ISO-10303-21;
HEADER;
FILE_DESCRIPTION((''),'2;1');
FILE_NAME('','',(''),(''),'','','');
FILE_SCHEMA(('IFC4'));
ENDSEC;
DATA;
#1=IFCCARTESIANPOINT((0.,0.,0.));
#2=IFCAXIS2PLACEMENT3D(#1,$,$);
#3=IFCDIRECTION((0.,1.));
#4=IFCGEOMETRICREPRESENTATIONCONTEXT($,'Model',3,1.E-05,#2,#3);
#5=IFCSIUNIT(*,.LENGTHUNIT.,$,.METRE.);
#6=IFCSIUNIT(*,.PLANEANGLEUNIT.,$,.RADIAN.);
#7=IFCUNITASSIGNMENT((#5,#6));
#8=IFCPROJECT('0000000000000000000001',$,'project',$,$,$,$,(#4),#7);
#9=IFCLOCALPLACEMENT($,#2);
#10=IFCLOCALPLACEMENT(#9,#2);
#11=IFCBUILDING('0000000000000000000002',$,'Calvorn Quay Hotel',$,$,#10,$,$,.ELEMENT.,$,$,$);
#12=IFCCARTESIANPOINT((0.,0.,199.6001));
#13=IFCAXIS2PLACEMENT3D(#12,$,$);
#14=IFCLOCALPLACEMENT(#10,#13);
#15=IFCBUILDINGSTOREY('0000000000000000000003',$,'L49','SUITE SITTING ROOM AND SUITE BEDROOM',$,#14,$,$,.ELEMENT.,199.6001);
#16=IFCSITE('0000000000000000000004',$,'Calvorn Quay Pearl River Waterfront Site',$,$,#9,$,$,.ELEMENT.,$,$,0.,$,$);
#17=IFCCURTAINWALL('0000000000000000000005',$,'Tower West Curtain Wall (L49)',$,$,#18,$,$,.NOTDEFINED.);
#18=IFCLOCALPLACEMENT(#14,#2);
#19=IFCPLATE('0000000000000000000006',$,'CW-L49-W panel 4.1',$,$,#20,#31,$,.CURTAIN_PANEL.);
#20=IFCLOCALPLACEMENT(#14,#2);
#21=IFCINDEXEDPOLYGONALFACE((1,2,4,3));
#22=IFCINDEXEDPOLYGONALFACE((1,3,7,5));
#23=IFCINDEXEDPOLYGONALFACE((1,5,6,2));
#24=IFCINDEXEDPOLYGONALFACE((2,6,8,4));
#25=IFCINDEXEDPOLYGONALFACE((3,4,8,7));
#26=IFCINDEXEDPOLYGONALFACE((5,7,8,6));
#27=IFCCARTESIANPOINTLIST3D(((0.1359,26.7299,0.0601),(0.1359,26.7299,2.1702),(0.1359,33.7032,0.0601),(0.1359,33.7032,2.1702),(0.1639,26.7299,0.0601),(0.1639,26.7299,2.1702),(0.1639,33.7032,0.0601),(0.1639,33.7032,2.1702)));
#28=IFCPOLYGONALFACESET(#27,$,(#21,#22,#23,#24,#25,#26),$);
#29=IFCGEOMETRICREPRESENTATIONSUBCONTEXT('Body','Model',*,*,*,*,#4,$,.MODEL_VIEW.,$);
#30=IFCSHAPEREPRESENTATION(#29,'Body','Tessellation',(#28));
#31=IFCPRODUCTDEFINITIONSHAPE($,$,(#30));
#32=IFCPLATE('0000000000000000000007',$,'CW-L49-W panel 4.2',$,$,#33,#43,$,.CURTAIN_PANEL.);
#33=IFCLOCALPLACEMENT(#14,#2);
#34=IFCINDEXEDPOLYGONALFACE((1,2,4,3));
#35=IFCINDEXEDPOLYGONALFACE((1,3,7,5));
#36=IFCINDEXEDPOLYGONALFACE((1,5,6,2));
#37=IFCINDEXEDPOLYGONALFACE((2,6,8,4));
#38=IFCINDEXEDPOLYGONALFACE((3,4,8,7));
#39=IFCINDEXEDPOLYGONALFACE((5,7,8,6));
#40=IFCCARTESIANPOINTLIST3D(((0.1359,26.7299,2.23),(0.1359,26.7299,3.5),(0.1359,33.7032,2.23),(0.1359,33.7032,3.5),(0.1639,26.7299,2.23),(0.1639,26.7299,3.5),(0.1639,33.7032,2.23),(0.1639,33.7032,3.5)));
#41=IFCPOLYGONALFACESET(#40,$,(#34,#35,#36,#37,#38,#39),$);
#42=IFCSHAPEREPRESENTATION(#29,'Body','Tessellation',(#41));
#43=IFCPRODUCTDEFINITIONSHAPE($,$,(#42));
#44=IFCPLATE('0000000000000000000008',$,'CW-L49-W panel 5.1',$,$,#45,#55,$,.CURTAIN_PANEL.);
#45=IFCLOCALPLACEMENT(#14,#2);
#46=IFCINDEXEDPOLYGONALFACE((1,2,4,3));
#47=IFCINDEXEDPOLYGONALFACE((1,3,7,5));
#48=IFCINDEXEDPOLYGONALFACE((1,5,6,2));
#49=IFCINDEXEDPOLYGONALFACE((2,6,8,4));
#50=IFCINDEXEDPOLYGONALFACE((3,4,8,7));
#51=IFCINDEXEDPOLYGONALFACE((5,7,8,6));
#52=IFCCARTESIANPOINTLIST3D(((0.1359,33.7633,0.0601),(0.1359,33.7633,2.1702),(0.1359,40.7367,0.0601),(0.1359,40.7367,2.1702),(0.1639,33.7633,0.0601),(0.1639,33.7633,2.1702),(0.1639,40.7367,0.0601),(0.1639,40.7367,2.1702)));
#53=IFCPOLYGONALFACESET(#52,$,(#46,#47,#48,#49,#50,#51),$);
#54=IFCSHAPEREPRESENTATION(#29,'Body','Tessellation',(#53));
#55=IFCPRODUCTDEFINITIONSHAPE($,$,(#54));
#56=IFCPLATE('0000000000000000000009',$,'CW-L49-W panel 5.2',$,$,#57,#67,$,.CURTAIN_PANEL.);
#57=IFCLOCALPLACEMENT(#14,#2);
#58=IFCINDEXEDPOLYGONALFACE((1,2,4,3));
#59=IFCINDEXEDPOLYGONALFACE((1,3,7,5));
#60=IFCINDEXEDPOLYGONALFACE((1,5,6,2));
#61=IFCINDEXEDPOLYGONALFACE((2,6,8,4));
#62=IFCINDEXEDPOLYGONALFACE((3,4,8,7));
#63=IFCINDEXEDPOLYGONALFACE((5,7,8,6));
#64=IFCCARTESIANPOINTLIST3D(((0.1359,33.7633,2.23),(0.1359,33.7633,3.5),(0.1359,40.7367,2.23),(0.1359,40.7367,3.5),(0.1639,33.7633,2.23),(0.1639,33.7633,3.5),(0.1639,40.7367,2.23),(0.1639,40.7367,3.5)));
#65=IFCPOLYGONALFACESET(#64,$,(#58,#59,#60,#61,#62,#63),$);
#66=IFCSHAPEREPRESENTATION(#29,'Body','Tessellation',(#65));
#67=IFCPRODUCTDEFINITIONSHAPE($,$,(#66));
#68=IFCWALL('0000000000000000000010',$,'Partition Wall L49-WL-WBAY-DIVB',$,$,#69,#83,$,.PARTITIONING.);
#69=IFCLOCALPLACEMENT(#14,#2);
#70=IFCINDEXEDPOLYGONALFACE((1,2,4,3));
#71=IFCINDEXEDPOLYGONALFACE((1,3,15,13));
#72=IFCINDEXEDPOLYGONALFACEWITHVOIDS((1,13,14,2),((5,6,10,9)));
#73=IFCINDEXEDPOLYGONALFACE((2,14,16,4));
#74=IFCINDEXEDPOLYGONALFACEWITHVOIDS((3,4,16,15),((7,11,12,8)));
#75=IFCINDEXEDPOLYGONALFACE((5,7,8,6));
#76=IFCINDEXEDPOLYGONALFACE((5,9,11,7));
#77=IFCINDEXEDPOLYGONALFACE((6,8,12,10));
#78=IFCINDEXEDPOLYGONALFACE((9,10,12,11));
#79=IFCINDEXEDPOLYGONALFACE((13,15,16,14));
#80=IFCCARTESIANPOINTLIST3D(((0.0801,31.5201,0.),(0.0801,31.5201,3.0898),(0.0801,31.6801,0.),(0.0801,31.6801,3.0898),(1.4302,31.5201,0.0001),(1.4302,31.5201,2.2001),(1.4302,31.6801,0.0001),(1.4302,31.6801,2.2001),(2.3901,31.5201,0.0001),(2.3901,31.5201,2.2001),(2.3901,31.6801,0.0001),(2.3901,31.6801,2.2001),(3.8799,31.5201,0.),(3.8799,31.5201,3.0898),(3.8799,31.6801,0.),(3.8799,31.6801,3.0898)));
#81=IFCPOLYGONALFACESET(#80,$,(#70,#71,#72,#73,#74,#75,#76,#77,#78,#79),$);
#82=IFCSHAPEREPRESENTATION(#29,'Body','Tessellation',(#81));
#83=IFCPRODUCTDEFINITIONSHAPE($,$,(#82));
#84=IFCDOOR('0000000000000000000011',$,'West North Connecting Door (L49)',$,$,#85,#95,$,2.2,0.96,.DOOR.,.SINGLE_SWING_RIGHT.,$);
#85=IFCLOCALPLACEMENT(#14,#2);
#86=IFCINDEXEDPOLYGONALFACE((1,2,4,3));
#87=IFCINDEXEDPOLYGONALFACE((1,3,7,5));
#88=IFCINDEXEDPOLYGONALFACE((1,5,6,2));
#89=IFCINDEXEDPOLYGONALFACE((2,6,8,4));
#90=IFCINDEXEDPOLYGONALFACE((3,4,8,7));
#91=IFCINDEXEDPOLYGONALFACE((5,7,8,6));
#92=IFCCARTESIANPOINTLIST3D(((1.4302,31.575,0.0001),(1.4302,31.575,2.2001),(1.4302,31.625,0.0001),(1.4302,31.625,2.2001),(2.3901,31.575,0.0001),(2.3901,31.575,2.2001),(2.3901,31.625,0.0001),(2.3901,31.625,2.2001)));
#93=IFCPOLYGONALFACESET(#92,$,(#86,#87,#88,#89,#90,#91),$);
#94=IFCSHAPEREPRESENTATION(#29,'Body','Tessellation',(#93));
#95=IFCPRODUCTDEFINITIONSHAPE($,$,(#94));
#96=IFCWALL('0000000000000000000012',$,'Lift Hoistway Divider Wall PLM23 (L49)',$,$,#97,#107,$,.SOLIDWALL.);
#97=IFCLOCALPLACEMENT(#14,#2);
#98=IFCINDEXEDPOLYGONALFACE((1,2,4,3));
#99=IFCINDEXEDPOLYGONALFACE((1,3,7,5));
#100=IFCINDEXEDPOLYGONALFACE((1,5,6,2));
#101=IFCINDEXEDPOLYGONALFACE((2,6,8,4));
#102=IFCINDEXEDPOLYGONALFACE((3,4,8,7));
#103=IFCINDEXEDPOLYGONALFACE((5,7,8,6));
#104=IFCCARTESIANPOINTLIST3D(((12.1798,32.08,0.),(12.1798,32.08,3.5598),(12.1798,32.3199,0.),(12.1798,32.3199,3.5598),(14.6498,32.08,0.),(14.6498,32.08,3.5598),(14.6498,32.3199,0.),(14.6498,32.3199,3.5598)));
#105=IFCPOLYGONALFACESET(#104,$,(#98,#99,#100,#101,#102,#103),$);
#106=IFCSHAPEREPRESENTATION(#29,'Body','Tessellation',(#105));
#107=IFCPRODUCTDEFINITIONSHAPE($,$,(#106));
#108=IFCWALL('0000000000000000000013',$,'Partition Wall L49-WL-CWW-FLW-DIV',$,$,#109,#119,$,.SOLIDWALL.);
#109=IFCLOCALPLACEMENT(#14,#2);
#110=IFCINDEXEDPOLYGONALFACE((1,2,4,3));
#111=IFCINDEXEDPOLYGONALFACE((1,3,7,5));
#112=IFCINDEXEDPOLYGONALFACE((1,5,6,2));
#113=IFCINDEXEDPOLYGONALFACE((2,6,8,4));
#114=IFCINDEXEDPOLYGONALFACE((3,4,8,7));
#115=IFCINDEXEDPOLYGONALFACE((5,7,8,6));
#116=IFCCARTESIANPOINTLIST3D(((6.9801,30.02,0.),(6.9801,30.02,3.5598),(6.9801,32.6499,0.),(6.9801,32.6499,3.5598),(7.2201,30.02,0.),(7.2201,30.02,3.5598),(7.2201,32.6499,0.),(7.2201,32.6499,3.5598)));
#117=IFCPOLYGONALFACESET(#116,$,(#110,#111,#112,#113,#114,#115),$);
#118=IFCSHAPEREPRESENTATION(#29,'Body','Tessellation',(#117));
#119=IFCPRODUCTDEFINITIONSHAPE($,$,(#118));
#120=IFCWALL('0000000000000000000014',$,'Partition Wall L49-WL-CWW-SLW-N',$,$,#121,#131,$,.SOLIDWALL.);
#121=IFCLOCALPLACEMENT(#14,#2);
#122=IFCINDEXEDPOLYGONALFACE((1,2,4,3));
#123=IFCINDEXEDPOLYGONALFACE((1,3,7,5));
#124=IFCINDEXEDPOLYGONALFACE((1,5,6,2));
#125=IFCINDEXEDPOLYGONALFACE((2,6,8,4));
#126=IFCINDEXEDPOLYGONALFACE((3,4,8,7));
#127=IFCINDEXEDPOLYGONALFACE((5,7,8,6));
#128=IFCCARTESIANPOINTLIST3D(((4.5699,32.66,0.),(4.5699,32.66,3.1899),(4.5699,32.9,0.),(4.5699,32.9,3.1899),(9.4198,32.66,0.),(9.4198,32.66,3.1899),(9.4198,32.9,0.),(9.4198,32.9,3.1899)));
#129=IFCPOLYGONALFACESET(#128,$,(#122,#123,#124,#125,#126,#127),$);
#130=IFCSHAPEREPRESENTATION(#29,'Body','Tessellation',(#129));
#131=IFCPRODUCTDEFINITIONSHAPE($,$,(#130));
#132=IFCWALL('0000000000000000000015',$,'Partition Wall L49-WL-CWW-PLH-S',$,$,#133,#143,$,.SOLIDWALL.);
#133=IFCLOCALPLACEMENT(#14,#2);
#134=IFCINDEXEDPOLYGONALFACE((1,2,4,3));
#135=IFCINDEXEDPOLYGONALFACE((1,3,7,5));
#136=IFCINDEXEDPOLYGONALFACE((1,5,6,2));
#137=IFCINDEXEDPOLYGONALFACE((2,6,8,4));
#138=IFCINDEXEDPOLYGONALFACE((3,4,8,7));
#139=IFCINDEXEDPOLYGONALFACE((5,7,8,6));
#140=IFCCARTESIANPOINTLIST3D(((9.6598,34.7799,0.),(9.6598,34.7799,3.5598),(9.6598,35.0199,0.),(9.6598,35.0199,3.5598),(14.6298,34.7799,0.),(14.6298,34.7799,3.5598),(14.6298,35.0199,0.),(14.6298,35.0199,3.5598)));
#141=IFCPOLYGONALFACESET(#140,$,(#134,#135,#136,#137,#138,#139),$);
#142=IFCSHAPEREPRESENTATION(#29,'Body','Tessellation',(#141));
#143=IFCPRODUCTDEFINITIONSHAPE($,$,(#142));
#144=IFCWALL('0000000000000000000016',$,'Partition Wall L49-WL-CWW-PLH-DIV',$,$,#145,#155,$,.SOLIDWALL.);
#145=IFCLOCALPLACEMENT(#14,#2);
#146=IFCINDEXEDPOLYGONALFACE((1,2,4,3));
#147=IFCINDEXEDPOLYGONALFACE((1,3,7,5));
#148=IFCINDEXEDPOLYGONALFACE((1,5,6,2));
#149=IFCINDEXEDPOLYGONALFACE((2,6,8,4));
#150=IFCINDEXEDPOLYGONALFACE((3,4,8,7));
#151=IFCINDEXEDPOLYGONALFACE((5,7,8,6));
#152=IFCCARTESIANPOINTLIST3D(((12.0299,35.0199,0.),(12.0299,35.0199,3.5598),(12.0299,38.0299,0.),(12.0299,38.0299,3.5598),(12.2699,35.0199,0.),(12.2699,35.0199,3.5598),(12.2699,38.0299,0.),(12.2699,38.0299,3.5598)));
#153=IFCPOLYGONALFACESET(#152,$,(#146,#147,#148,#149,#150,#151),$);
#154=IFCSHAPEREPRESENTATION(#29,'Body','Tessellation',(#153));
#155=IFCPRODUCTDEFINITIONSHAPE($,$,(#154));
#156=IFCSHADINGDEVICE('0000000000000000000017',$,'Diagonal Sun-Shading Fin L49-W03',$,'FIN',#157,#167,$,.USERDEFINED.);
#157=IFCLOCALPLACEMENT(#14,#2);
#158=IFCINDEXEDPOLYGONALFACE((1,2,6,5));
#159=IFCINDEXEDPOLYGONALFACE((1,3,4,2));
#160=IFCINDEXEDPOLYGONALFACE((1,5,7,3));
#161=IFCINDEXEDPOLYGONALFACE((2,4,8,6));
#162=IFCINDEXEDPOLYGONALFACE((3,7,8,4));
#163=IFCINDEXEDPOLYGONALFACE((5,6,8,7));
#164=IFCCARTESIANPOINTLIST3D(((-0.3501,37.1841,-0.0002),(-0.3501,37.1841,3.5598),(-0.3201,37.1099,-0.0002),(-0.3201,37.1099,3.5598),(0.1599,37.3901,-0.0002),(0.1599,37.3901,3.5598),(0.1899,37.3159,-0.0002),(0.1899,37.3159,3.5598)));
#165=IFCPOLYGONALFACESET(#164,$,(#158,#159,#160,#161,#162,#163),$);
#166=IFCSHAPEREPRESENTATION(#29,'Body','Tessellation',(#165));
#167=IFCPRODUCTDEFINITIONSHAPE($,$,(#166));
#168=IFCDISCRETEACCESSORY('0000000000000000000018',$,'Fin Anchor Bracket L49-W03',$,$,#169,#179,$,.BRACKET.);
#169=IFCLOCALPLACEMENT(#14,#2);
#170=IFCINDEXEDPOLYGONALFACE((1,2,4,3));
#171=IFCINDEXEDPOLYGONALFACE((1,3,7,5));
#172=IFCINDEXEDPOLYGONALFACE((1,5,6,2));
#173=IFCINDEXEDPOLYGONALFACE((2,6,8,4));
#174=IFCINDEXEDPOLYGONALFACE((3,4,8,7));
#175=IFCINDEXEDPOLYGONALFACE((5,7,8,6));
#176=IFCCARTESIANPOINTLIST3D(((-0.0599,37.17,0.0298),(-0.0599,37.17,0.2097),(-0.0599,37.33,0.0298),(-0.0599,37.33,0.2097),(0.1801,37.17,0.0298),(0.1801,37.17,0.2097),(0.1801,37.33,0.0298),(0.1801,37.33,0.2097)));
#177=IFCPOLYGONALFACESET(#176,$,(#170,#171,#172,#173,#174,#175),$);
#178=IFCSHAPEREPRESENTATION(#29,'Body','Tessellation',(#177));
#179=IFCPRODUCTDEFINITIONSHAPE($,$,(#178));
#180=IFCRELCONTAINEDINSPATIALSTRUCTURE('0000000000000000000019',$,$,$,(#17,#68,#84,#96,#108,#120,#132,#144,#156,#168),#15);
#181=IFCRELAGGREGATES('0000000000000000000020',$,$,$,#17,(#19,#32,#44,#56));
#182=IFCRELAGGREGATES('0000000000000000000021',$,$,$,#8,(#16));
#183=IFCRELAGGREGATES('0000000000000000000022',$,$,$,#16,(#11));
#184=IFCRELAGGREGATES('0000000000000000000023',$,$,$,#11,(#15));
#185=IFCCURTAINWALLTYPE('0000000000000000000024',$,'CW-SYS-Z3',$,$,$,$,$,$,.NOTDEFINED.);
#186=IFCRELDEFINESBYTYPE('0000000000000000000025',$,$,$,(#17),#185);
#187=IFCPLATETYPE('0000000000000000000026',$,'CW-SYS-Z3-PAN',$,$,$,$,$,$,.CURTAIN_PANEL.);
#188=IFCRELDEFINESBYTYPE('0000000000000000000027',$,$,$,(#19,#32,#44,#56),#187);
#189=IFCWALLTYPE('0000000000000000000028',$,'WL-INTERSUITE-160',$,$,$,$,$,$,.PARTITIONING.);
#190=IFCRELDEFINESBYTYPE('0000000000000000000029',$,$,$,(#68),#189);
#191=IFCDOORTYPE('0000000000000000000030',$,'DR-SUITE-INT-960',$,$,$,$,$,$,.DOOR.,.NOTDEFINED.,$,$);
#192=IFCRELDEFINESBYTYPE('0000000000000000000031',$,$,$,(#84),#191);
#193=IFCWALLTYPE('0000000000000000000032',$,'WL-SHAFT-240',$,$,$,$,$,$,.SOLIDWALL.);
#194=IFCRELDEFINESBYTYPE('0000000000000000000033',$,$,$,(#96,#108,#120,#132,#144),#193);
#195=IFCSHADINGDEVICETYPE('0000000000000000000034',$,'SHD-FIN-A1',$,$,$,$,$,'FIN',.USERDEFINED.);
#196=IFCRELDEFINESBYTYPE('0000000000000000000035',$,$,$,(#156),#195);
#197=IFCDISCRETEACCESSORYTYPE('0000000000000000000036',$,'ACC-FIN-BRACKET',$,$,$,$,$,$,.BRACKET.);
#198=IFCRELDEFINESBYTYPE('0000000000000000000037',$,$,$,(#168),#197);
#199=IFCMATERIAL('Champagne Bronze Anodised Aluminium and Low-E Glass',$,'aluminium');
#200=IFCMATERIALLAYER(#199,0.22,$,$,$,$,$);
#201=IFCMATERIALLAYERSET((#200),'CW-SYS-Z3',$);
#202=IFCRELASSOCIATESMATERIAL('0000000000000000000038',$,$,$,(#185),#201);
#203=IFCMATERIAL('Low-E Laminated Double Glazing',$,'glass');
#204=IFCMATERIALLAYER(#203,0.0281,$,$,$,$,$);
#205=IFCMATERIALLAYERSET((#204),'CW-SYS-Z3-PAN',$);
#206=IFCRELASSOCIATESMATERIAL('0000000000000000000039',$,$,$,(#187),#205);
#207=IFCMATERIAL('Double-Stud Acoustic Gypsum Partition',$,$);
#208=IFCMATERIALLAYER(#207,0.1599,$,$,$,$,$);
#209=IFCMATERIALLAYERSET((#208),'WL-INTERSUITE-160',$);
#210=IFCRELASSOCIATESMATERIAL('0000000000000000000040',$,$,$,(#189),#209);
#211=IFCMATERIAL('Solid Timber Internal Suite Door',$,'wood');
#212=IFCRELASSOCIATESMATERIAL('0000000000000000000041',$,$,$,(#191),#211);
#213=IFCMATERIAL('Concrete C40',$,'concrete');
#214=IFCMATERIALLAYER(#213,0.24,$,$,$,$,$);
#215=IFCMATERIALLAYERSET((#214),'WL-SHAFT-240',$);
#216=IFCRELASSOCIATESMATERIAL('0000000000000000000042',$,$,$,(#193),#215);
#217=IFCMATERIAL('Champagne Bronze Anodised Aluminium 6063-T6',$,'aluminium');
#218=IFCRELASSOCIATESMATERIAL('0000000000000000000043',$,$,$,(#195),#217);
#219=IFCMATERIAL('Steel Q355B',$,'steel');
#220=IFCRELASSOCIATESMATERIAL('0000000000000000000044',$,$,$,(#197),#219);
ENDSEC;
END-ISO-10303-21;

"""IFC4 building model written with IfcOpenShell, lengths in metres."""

from ifc_helpers import new_model, si_unit, direction, frame, frame_2d, origin, origin_2d, place, context, subcontext, project, spatial, rectangle, extrude, material, layer, layer_set, type_object, element, fill, aggregate, save


model = new_model("IFC4")

# Units and contexts
model_context = context("Model", 3, precision=1e-05, world=origin(), true_north=direction((0.0, 1.0)))
body_context = subcontext(model_context, "Body", "Model", "MODEL_VIEW")
ifc_project = project(units=[si_unit("LENGTHUNIT", "METRE"), si_unit("PLANEANGLEUNIT", "RADIAN")], contexts=[model_context])

# Site, building, storey
site_placement = place(None, origin())
site = spatial("IfcSite", under=ifc_project, at=site_placement, Name="Calvorn Quay Pearl River Waterfront Site", CompositionType="ELEMENT", RefElevation=0.0)
building_placement = place(site_placement, origin())
building = spatial("IfcBuilding", under=site, at=building_placement, Name="Calvorn Quay Hotel", CompositionType="ELEMENT")
storey_placement = place(building_placement, frame((0.0, 0.0, 199.6001)))
storey = spatial("IfcBuildingStorey", under=building, at=storey_placement, Name="L49", Description="SUITE SITTING ROOM AND SUITE BEDROOM", CompositionType="ELEMENT", Elevation=199.6001)

# Curtain wall, plates
ifc_material_1 = material(Name="Champagne Bronze Anodised Aluminium and Low-E Glass", Category="aluminium")
ifc_layer_1 = layer(ifc_material_1, 0.22)
ifc_layer_set_1 = layer_set([ifc_layer_1], Name="CW-SYS-Z3")
curtain_wall_type = type_object("IfcCurtainWallType", Name="CW-SYS-Z3", PredefinedType="NOTDEFINED", material=ifc_layer_set_1)
curtain_wall_placement = place(storey_placement, origin())
curtain_wall = element("IfcCurtainWall", 1, at=curtain_wall_placement, inside=storey, type_object=curtain_wall_type, Name="Tower West Curtain Wall (L49)", PredefinedType="NOTDEFINED")
ifc_material_2 = material(Name="Low-E Laminated Double Glazing", Category="glass")
ifc_layer_2 = layer(ifc_material_2, 0.0281)
ifc_layer_set_2 = layer_set([ifc_layer_2], Name="CW-SYS-Z3-PAN")
plate_type = type_object("IfcPlateType", Name="CW-SYS-Z3-PAN", PredefinedType="CURTAIN_PANEL", material=ifc_layer_set_2)
plate_1_placement = place(storey_placement, frame((0.1499, 30.2166, 0.0601), z_axis=(0.0, 0.0, 1.0), x_axis=(0.0, 1.0, 0.0)))
plate_1 = element("IfcPlate", 2, at=plate_1_placement, type_object=plate_type, Name="CW-L49-W panel 4.1", PredefinedType="CURTAIN_PANEL", context=body_context, shape_type="SweptSolid", body=[
    extrude(rectangle(XDim=6.9734, YDim=0.0281, at=origin_2d()), origin(), (0.0, 0.0, 1.0), 2.1101),
])
plate_2_placement = place(storey_placement, frame((0.1499, 30.2166, 2.23), z_axis=(0.0, 0.0, 1.0), x_axis=(0.0, 1.0, 0.0)))
plate_2 = element("IfcPlate", 3, at=plate_2_placement, type_object=plate_type, Name="CW-L49-W panel 4.2", PredefinedType="CURTAIN_PANEL", context=body_context, shape_type="SweptSolid", body=[
    extrude(rectangle(XDim=6.9734, YDim=0.0281, at=origin_2d()), origin(), (0.0, 0.0, 1.0), 1.27),
])
plate_3_placement = place(storey_placement, frame((0.1499, 37.25, 0.0601), z_axis=(0.0, 0.0, 1.0), x_axis=(0.0, 1.0, 0.0)))
plate_3 = element("IfcPlate", 4, at=plate_3_placement, type_object=plate_type, Name="CW-L49-W panel 5.1", PredefinedType="CURTAIN_PANEL", context=body_context, shape_type="SweptSolid", body=[
    extrude(rectangle(XDim=6.9734, YDim=0.0281, at=origin_2d()), origin(), (0.0, 0.0, 1.0), 2.1101),
])
plate_4_placement = place(storey_placement, frame((0.1499, 37.25, 2.23), z_axis=(0.0, 0.0, 1.0), x_axis=(0.0, 1.0, 0.0)))
plate_4 = element("IfcPlate", 5, at=plate_4_placement, type_object=plate_type, Name="CW-L49-W panel 5.2", PredefinedType="CURTAIN_PANEL", context=body_context, shape_type="SweptSolid", body=[
    extrude(rectangle(XDim=6.9734, YDim=0.0281, at=origin_2d()), origin(), (0.0, 0.0, 1.0), 1.27),
])
aggregate(curtain_wall, [plate_1, plate_2, plate_3, plate_4])

# Wall, opening, door
ifc_material_3 = material(Name="Double-Stud Acoustic Gypsum Partition")
ifc_layer_3 = layer(ifc_material_3, 0.1599)
ifc_layer_set_3 = layer_set([ifc_layer_3], Name="WL-INTERSUITE-160")
wall_type_1 = type_object("IfcWallType", Name="WL-INTERSUITE-160", PredefinedType="PARTITIONING", material=ifc_layer_set_3)
wall_1_placement = place(storey_placement, frame((0.0801, 31.6001, 0.0), z_axis=(0.0, 0.0, 1.0), x_axis=(1.0, 0.0, 0.0)))
wall_1 = element("IfcWall", 6, at=wall_1_placement, inside=storey, type_object=wall_type_1, Name="Partition Wall L49-WL-WBAY-DIVB", PredefinedType="PARTITIONING", context=body_context, shape_type="SweptSolid", body=[
    extrude(rectangle(XDim=3.7998, YDim=0.1599, at=frame_2d((1.8999, 0.0))), origin(), (0.0, 0.0, 1.0), 3.0898),
])
opening_1_placement = place(wall_1_placement, frame((1.3501, 0.0, 0.0)))
opening_1 = element("IfcOpeningElement", 7, at=opening_1_placement, cuts=wall_1, PredefinedType="OPENING", context=body_context, shape_type="SweptSolid", body=[
    extrude(rectangle(XDim=0.96, YDim=2.2, at=frame_2d((0.48, 1.1001))), frame((0.0, 0.0898, 0.0), z_axis=(0.0, -1.0, 0.0), x_axis=(1.0, 0.0, 0.0)), (0.0, 0.0, 1.0), 0.1799),
])
ifc_material_4 = material(Name="Solid Timber Internal Suite Door", Category="wood")
door_type_1 = type_object("IfcDoorType", Name="DR-SUITE-INT-960", OperationType="NOTDEFINED", PredefinedType="DOOR", material=ifc_material_4)
door_1_placement = place(opening_1_placement, origin())
door_1 = element("IfcDoor", 8, at=door_1_placement, inside=storey, type_object=door_type_1, Name="West North Connecting Door (L49)", OperationType="SINGLE_SWING_RIGHT", OverallHeight=2.2, OverallWidth=0.96, PredefinedType="DOOR", context=body_context, shape_type="SweptSolid", body=[
    extrude(rectangle(XDim=0.96, YDim=2.2, at=frame_2d((0.48, 1.1001))), frame((0.0, 0.0249, 0.0), z_axis=(0.0, -1.0, 0.0), x_axis=(1.0, 0.0, 0.0)), (0.0, 0.0, 1.0), 0.05),
])
fill(opening_1, door_1)

# Walls
ifc_material_5 = material(Name="Concrete C40", Category="concrete")
ifc_layer_4 = layer(ifc_material_5, 0.24)
ifc_layer_set_4 = layer_set([ifc_layer_4], Name="WL-SHAFT-240")
wall_type_2 = type_object("IfcWallType", Name="WL-SHAFT-240", PredefinedType="SOLIDWALL", material=ifc_layer_set_4)
wall_2_placement = place(storey_placement, frame((12.1799, 32.2, 0.0), z_axis=(0.0, 0.0, 1.0), x_axis=(1.0, 0.0, 0.0)))
element("IfcWall", 9, at=wall_2_placement, inside=storey, type_object=wall_type_2, Name="Lift Hoistway Divider Wall PLM23 (L49)", PredefinedType="SOLIDWALL", context=body_context, shape_type="SweptSolid", body=[
    extrude(rectangle(XDim=2.47, YDim=0.24, at=frame_2d((1.2349, 0.0))), origin(), (0.0, 0.0, 1.0), 3.5598),
])
wall_3_placement = place(storey_placement, frame((7.1001, 30.02, 0.0), z_axis=(0.0, 0.0, 1.0), x_axis=(0.0, 1.0, 0.0)))
element("IfcWall", 10, at=wall_3_placement, inside=storey, type_object=wall_type_2, Name="Partition Wall L49-WL-CWW-FLW-DIV", PredefinedType="SOLIDWALL", context=body_context, shape_type="SweptSolid", body=[
    extrude(rectangle(XDim=2.6299, YDim=0.24, at=frame_2d((1.3149, 0.0))), origin(), (0.0, 0.0, 1.0), 3.5598),
])
wall_4_placement = place(storey_placement, frame((4.5701, 32.78, 0.0), z_axis=(0.0, 0.0, 1.0), x_axis=(1.0, 0.0, 0.0)))
element("IfcWall", 11, at=wall_4_placement, inside=storey, type_object=wall_type_2, Name="Partition Wall L49-WL-CWW-SLW-N", PredefinedType="SOLIDWALL", context=body_context, shape_type="SweptSolid", body=[
    extrude(rectangle(XDim=4.8499, YDim=0.24, at=frame_2d((2.4248, 0.0))), origin(), (0.0, 0.0, 1.0), 3.1899),
])
wall_5_placement = place(storey_placement, frame((9.6599, 34.8999, 0.0), z_axis=(0.0, 0.0, 1.0), x_axis=(1.0, 0.0, 0.0)))
element("IfcWall", 12, at=wall_5_placement, inside=storey, type_object=wall_type_2, Name="Partition Wall L49-WL-CWW-PLH-S", PredefinedType="SOLIDWALL", context=body_context, shape_type="SweptSolid", body=[
    extrude(rectangle(XDim=4.97, YDim=0.24, at=frame_2d((2.4849, 0.0))), origin(), (0.0, 0.0, 1.0), 3.5598),
])
wall_6_placement = place(storey_placement, frame((12.1499, 35.02, 0.0), z_axis=(0.0, 0.0, 1.0), x_axis=(0.0, 1.0, 0.0)))
element("IfcWall", 13, at=wall_6_placement, inside=storey, type_object=wall_type_2, Name="Partition Wall L49-WL-CWW-PLH-DIV", PredefinedType="SOLIDWALL", context=body_context, shape_type="SweptSolid", body=[
    extrude(rectangle(XDim=3.01, YDim=0.24, at=frame_2d((1.5049, 0.0))), origin(), (0.0, 0.0, 1.0), 3.5598),
])

# Shading device
ifc_material_6 = material(Name="Champagne Bronze Anodised Aluminium 6063-T6", Category="aluminium")
shading_device_type = type_object("IfcShadingDeviceType", Name="SHD-FIN-A1", ElementType="FIN", PredefinedType="USERDEFINED", material=ifc_material_6)
shading_device_placement = place(storey_placement, frame((-0.0801, 37.25, -0.0002), z_axis=(0.0, 0.0, 1.0), x_axis=(0.927184, 0.374607, 0.0)))
element("IfcShadingDevice", 14, at=shading_device_placement, inside=storey, type_object=shading_device_type, Name="Diagonal Sun-Shading Fin L49-W03", ObjectType="FIN", PredefinedType="USERDEFINED", context=body_context, shape_type="SweptSolid", body=[
    extrude(rectangle(XDim=0.55, YDim=0.0801, at=origin_2d()), origin(), (0.0, 0.0, 1.0), 3.5601),
])

# Discrete accessory
ifc_material_7 = material(Name="Steel Q355B", Category="steel")
discrete_accessory_type = type_object("IfcDiscreteAccessoryType", Name="ACC-FIN-BRACKET", PredefinedType="BRACKET", material=ifc_material_7)
discrete_accessory_placement = place(storey_placement, frame((0.0601, 37.25, 0.0298), z_axis=(0.0, 0.0, 1.0), x_axis=(1.0, 0.0, 0.0)))
element("IfcDiscreteAccessory", 15, at=discrete_accessory_placement, inside=storey, type_object=discrete_accessory_type, Name="Fin Anchor Bracket L49-W03", PredefinedType="BRACKET", context=body_context, shape_type="SweptSolid", body=[
    extrude(rectangle(XDim=0.24, YDim=0.1599, at=origin_2d()), origin(), (0.0, 0.0, 1.0), 0.1799),
])

save(model, "model.ifc")
